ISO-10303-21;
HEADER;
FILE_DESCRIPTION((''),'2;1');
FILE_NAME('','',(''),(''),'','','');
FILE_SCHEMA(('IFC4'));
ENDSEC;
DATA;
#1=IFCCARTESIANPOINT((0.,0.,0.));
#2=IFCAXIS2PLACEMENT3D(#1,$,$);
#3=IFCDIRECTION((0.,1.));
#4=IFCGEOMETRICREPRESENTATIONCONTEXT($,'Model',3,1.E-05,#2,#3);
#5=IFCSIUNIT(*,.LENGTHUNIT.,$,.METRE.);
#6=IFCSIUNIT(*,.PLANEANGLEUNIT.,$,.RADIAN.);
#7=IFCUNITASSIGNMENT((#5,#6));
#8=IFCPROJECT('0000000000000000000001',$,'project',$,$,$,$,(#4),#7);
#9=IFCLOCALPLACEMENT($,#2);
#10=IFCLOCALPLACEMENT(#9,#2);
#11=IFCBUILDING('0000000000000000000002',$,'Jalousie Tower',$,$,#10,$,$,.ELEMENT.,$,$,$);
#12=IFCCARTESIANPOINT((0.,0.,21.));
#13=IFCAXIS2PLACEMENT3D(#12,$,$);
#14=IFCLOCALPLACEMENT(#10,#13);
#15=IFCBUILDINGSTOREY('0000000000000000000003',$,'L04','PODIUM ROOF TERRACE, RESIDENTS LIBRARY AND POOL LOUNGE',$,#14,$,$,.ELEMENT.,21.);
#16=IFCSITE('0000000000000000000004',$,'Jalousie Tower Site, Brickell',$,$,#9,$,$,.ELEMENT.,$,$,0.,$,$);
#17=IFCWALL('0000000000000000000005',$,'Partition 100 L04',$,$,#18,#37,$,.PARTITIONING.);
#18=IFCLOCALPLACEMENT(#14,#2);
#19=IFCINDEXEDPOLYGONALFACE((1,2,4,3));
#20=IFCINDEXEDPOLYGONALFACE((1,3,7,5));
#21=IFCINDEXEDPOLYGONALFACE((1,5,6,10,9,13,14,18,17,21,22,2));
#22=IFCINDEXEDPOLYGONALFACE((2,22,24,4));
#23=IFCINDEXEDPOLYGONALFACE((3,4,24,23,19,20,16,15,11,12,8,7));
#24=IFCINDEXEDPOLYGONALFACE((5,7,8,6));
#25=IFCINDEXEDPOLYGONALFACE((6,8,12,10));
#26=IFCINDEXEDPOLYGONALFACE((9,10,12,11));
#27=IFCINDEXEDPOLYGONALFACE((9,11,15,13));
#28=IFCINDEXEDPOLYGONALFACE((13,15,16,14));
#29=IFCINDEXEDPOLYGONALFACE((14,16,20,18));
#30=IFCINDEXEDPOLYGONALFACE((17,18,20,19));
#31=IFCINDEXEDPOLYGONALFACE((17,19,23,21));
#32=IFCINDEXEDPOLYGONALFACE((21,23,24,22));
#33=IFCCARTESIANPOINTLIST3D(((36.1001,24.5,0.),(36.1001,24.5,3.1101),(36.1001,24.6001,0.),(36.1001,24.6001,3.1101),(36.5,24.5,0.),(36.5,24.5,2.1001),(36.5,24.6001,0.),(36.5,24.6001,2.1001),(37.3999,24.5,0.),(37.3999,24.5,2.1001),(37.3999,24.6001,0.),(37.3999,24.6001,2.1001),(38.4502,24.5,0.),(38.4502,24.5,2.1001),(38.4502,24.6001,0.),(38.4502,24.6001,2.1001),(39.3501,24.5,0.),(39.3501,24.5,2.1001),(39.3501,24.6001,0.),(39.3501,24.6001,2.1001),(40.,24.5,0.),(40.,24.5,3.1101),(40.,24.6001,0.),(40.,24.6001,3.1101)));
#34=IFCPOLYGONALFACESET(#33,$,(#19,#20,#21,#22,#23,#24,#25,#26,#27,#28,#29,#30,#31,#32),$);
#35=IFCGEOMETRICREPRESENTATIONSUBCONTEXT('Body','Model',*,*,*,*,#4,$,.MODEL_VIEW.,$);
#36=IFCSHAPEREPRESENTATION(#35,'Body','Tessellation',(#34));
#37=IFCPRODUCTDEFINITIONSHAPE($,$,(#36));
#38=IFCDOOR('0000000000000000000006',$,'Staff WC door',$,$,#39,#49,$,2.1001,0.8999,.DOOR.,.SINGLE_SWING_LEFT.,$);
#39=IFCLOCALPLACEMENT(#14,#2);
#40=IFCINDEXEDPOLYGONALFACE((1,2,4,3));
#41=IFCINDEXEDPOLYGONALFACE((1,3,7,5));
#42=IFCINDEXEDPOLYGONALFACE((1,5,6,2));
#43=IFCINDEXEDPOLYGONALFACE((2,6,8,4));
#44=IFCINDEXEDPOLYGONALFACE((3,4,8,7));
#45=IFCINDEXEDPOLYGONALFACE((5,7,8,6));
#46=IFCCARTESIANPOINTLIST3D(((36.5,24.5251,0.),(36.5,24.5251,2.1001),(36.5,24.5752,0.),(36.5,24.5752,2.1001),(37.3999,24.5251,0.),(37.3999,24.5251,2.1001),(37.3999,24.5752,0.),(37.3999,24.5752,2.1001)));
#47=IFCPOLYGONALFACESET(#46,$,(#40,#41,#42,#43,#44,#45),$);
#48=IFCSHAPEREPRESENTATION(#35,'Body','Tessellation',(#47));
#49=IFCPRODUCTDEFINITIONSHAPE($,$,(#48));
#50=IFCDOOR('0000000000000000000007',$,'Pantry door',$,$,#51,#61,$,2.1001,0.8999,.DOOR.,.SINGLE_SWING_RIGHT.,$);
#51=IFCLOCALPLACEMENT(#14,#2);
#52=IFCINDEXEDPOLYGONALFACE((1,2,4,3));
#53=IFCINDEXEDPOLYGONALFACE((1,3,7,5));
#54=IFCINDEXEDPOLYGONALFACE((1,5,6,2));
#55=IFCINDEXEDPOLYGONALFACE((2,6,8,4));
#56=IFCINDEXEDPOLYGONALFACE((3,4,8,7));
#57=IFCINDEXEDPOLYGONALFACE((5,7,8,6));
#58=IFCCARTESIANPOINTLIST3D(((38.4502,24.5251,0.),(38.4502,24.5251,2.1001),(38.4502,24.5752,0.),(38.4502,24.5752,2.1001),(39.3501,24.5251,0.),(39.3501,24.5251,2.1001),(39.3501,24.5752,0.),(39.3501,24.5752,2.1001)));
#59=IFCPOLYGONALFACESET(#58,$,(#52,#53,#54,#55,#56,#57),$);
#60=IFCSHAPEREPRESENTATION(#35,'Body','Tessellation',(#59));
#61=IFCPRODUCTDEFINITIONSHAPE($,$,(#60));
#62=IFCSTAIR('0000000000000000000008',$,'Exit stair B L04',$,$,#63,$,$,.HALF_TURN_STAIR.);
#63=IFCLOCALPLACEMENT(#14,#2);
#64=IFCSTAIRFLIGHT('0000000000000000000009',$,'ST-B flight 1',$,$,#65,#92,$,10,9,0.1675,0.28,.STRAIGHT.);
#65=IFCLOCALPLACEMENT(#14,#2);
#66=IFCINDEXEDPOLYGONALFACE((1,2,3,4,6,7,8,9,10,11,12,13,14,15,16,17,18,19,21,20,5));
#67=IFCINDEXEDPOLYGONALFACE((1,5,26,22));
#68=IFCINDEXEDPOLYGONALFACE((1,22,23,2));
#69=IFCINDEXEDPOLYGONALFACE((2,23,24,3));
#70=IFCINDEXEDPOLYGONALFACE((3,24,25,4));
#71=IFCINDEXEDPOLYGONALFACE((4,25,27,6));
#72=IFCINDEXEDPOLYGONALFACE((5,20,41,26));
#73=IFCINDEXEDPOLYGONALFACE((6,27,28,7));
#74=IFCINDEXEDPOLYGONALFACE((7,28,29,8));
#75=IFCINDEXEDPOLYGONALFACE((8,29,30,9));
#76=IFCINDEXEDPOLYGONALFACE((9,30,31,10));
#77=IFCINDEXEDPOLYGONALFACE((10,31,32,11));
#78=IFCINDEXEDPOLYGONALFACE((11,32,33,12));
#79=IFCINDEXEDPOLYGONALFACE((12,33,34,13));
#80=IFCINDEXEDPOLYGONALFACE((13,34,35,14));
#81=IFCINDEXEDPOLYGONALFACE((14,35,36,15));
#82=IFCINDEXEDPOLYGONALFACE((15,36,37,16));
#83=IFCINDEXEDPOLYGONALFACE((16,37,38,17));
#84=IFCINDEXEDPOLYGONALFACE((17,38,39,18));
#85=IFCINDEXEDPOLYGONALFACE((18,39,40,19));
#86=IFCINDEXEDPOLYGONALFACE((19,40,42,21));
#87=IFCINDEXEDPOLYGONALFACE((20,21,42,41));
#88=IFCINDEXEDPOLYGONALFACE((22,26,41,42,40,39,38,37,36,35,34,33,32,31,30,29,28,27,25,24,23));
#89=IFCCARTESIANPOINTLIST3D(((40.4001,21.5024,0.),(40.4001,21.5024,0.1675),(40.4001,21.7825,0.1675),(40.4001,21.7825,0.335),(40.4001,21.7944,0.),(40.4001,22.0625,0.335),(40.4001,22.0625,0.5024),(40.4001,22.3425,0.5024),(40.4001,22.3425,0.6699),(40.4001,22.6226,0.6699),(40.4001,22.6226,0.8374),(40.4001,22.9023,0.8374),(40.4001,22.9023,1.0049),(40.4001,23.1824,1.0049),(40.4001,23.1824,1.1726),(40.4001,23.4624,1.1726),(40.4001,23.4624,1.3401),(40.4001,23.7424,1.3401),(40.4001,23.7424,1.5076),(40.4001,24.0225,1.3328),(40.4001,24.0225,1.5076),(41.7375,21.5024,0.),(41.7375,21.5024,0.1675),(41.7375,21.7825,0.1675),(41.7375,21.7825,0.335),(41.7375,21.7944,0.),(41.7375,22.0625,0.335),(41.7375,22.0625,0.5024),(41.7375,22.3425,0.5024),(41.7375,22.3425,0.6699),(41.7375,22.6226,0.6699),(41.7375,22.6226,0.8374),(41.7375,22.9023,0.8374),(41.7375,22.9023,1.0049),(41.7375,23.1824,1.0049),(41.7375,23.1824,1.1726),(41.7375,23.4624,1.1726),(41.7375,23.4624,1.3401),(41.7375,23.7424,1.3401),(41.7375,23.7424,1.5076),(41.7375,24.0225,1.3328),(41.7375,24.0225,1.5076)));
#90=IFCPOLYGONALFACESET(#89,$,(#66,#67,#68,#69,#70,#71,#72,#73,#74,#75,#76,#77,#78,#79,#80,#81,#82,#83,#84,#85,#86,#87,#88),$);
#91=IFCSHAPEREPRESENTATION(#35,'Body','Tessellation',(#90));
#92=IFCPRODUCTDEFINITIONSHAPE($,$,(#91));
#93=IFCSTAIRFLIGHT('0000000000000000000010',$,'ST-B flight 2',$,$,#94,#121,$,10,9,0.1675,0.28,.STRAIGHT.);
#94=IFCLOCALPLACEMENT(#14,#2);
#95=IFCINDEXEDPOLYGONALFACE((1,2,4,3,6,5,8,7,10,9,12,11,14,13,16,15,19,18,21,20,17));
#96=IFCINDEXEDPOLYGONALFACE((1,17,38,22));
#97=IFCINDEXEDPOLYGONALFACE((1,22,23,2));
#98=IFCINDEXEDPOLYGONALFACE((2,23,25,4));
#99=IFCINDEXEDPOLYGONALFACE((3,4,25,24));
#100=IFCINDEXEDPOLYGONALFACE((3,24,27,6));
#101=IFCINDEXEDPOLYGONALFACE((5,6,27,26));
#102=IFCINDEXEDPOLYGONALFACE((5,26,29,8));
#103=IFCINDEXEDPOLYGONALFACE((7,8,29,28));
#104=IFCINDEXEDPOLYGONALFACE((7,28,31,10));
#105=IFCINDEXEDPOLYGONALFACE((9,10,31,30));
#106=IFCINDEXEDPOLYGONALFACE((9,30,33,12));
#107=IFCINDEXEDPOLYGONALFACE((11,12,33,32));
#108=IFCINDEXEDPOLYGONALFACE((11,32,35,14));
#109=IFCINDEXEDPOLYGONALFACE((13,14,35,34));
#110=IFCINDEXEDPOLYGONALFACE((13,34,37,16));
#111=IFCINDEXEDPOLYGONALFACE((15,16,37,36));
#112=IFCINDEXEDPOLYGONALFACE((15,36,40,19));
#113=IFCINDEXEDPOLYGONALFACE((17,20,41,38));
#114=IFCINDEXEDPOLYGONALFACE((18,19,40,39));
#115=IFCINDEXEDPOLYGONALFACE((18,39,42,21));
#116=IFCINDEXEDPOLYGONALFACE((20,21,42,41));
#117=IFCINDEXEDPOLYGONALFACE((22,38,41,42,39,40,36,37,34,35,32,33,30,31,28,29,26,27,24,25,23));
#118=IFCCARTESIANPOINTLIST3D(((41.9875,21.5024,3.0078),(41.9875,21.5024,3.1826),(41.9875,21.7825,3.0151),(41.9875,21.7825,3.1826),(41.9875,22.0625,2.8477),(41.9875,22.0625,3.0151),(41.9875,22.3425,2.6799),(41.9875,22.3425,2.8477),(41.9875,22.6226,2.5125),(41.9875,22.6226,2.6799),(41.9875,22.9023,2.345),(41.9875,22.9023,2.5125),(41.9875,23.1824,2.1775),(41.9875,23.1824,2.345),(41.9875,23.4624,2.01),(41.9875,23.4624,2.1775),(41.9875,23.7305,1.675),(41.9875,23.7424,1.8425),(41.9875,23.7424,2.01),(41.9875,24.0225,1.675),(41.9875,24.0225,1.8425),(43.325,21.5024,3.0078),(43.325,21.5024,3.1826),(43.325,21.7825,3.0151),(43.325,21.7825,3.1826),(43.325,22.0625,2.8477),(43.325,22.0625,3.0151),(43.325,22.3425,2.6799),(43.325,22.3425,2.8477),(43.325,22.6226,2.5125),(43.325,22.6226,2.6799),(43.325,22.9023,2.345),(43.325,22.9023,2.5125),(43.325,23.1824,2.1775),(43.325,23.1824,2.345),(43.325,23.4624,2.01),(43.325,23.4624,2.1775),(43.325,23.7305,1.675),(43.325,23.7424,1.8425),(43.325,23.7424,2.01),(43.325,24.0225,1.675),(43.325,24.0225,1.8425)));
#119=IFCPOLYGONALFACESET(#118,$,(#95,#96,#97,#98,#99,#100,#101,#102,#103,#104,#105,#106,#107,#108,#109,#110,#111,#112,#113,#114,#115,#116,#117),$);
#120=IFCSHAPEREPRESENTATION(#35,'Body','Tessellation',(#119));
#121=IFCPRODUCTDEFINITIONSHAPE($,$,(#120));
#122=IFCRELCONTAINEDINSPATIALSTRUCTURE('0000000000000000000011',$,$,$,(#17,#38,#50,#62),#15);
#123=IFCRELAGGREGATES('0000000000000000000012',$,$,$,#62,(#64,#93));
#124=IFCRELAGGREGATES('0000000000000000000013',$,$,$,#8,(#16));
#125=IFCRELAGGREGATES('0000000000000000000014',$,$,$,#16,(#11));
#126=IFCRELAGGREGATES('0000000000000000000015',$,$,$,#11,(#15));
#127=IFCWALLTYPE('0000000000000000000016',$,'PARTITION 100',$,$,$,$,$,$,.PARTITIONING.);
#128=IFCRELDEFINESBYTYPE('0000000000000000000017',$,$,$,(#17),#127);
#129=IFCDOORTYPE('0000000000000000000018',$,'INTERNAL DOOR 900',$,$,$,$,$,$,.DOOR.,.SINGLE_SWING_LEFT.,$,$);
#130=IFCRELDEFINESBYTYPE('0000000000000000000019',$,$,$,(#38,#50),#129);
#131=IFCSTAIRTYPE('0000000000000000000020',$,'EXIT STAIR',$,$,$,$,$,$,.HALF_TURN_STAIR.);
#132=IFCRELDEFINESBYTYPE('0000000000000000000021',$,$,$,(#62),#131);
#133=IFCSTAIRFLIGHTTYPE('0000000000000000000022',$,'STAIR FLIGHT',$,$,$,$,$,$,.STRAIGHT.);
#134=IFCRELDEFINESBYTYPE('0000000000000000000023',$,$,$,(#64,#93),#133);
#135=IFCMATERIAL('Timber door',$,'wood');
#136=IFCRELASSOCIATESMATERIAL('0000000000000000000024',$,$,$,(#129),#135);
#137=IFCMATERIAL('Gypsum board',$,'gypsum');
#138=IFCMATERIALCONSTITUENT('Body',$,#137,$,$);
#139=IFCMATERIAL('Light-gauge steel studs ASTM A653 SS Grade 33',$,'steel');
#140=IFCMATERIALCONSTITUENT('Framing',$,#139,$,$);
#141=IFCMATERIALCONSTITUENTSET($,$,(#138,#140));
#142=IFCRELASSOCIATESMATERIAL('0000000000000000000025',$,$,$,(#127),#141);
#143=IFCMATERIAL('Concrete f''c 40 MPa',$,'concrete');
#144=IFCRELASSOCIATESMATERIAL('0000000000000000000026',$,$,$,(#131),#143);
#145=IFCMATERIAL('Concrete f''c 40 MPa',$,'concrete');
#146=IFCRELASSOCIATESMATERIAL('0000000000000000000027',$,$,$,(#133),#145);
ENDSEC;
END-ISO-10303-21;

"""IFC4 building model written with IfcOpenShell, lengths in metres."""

from ifc_helpers import new_model, si_unit, direction, frame, frame_2d, origin, place, context, subcontext, project, spatial, polyline, rectangle, outline, extrude, material, constituent, constituent_set, type_object, element, fill, aggregate, save


model = new_model("IFC4")

# Units and contexts
model_context = context("Model", 3, precision=1e-05, world=origin(), true_north=direction((0.0, 1.0)))
body_context = subcontext(model_context, "Body", "Model", "MODEL_VIEW")
ifc_project = project(units=[si_unit("LENGTHUNIT", "METRE"), si_unit("PLANEANGLEUNIT", "RADIAN")], contexts=[model_context])

# Site, building, storey
site_placement = place(None, origin())
site = spatial("IfcSite", under=ifc_project, at=site_placement, Name="Jalousie Tower Site, Brickell", CompositionType="ELEMENT", RefElevation=0.0)
building_placement = place(site_placement, origin())
building = spatial("IfcBuilding", under=site, at=building_placement, Name="Jalousie Tower", CompositionType="ELEMENT")
storey_placement = place(building_placement, frame((0.0, 0.0, 21.0)))
storey = spatial("IfcBuildingStorey", under=building, at=storey_placement, Name="L04", Description="PODIUM ROOF TERRACE, RESIDENTS LIBRARY AND POOL LOUNGE", CompositionType="ELEMENT", Elevation=21.0)

# Shared definitions
ifc_material_1 = material(Name="Timber door", Category="wood")
door_type_1 = type_object("IfcDoorType", Name="INTERNAL DOOR 900", OperationType="SINGLE_SWING_LEFT", PredefinedType="DOOR", material=ifc_material_1)

# Wall, openings, doors
ifc_material_2 = material(Name="Gypsum board", Category="gypsum")
ifc_constituent_1 = constituent(ifc_material_2, Name="Body")
ifc_material_3 = material(Name="Light-gauge steel studs ASTM A653 SS Grade 33", Category="steel")
ifc_constituent_2 = constituent(ifc_material_3, Name="Framing")
ifc_constituent_set_1 = constituent_set(constituents=[ifc_constituent_1, ifc_constituent_2])
wall_type_1 = type_object("IfcWallType", Name="PARTITION 100", PredefinedType="PARTITIONING", material=ifc_constituent_set_1)
wall_1_placement = place(storey_placement, frame((36.1001, 24.55, 0.0), z_axis=(0.0, 0.0, 1.0), x_axis=(1.0, 0.0, 0.0)))
wall_1 = element("IfcWall", 1, at=wall_1_placement, inside=storey, type_object=wall_type_1, Name="Partition 100 L04", PredefinedType="PARTITIONING", context=body_context, shape_type="SweptSolid", body=[
    extrude(rectangle(XDim=3.8999, YDim=0.1001, at=frame_2d((1.95, 0.0))), origin(), (0.0, 0.0, 1.0), 3.1101),
])
opening_1_placement = place(wall_1_placement, frame((0.3999, 0.0, 0.0)))
opening_1 = element("IfcOpeningElement", 2, at=opening_1_placement, cuts=wall_1, PredefinedType="OPENING", context=body_context, shape_type="SweptSolid", body=[
    extrude(rectangle(XDim=0.8999, YDim=2.1001, at=frame_2d((0.45, 1.05))), frame((0.0, 0.0601, 0.0), z_axis=(0.0, -1.0, 0.0), x_axis=(1.0, 0.0, 0.0)), (0.0, 0.0, 1.0), 0.1201),
])
opening_2_placement = place(wall_1_placement, frame((2.3501, 0.0, 0.0)))
opening_2 = element("IfcOpeningElement", 3, at=opening_2_placement, cuts=wall_1, PredefinedType="OPENING", context=body_context, shape_type="SweptSolid", body=[
    extrude(rectangle(XDim=0.8999, YDim=2.1001, at=frame_2d((0.45, 1.05))), frame((0.0, 0.0601, 0.0), z_axis=(0.0, -1.0, 0.0), x_axis=(1.0, 0.0, 0.0)), (0.0, 0.0, 1.0), 0.1201),
])
door_1_placement = place(opening_1_placement, frame((0.8999, 0.0, 0.0), z_axis=(0.0, 0.0, 1.0), x_axis=(-1.0, 0.0, 0.0)))
door_1 = element("IfcDoor", 4, at=door_1_placement, inside=storey, type_object=door_type_1, Name="Staff WC door", OperationType="SINGLE_SWING_LEFT", OverallHeight=2.1001, OverallWidth=0.8999, PredefinedType="DOOR", context=body_context, shape_type="SweptSolid", body=[
    extrude(rectangle(XDim=0.8999, YDim=2.1001, at=frame_2d((0.45, 1.05))), frame((0.0, 0.0249, 0.0), z_axis=(0.0, -1.0, 0.0), x_axis=(1.0, 0.0, 0.0)), (0.0, 0.0, 1.0), 0.05),
])
fill(opening_1, door_1)
door_2_placement = place(opening_2_placement, frame((0.8999, 0.0, 0.0), z_axis=(0.0, 0.0, 1.0), x_axis=(-1.0, 0.0, 0.0)))
door_2 = element("IfcDoor", 5, at=door_2_placement, inside=storey, type_object=door_type_1, Name="Pantry door", OperationType="SINGLE_SWING_RIGHT", OverallHeight=2.1001, OverallWidth=0.8999, PredefinedType="DOOR", context=body_context, shape_type="SweptSolid", body=[
    extrude(rectangle(XDim=0.8999, YDim=2.1001, at=frame_2d((0.45, 1.05))), frame((0.0, 0.0249, 0.0), z_axis=(0.0, -1.0, 0.0), x_axis=(1.0, 0.0, 0.0)), (0.0, 0.0, 1.0), 0.05),
])
fill(opening_2, door_2)

# Stair, stair flights
ifc_material_4 = material(Name="Concrete f'c 40 MPa", Category="concrete")
stair_type = type_object("IfcStairType", Name="EXIT STAIR", PredefinedType="HALF_TURN_STAIR", material=ifc_material_4)
stair_placement = place(storey_placement, origin())
stair = element("IfcStair", 6, at=stair_placement, inside=storey, type_object=stair_type, Name="Exit stair B L04", PredefinedType="HALF_TURN_STAIR")
ifc_material_5 = material(Name="Concrete f'c 40 MPa", Category="concrete")
stair_flight_type = type_object("IfcStairFlightType", Name="STAIR FLIGHT", PredefinedType="STRAIGHT", material=ifc_material_5)
stair_flight_1_placement = place(storey_placement, frame((41.0688, 21.5024, 0.0), z_axis=(0.0, 0.0, 1.0), x_axis=(0.0, 1.0, 0.0)))
stair_flight_1 = element("IfcStairFlight", 7, at=stair_flight_1_placement, type_object=stair_flight_type, Name="ST-B flight 1", NumberOfRisers=10, NumberOfTreads=9, PredefinedType="STRAIGHT", RiserHeight=0.1675, TreadLength=0.28, context=body_context, shape_type="SweptSolid", body=[
    extrude(outline(polyline([(0.0, 0.0), (0.0, 0.1675), (0.28, 0.1675), (0.28, 0.335), (0.5601, 0.335), (0.5601, 0.5024), (0.8401, 0.5024), (0.8401, 0.6699), (1.1201, 0.6699), (1.1201, 0.8374), (1.3999, 0.8374), (1.3999, 1.0049), (1.6799, 1.0049), (1.6799, 1.1726), (1.96, 1.1726), (1.96, 1.3401), (2.24, 1.3401), (2.24, 1.5076), (2.52, 1.5076), (2.52, 1.675), (2.52, 1.3328), (0.292, 0.0), (0.0, 0.0)])), frame((0.0, 0.6687, 0.0), z_axis=(0.0, -1.0, 0.0), x_axis=(1.0, 0.0, 0.0)), (0.0, 0.0, 1.0), 1.3374),
])
stair_flight_2_placement = place(storey_placement, frame((42.6562, 24.0225, 1.675), z_axis=(0.0, 0.0, 1.0), x_axis=(0.0, -1.0, 0.0)))
stair_flight_2 = element("IfcStairFlight", 8, at=stair_flight_2_placement, type_object=stair_flight_type, Name="ST-B flight 2", NumberOfRisers=10, NumberOfTreads=9, PredefinedType="STRAIGHT", RiserHeight=0.1675, TreadLength=0.28, context=body_context, shape_type="SweptSolid", body=[
    extrude(outline(polyline([(0.0, 0.0), (0.0, 0.1675), (0.28, 0.1675), (0.28, 0.335), (0.5601, 0.335), (0.5601, 0.5024), (0.8401, 0.5024), (0.8401, 0.6699), (1.1201, 0.6699), (1.1201, 0.8374), (1.3999, 0.8374), (1.3999, 1.0049), (1.6799, 1.0049), (1.6799, 1.1726), (1.96, 1.1726), (1.96, 1.3401), (2.24, 1.3401), (2.24, 1.5076), (2.52, 1.5076), (2.52, 1.675), (2.52, 1.3328), (0.292, 0.0), (0.0, 0.0)])), frame((0.0, 0.6687, 0.0), z_axis=(0.0, -1.0, 0.0), x_axis=(1.0, 0.0, 0.0)), (0.0, 0.0, 1.0), 1.3374),
])
aggregate(stair, [stair_flight_1, stair_flight_2])

save(model, "model.ifc")
